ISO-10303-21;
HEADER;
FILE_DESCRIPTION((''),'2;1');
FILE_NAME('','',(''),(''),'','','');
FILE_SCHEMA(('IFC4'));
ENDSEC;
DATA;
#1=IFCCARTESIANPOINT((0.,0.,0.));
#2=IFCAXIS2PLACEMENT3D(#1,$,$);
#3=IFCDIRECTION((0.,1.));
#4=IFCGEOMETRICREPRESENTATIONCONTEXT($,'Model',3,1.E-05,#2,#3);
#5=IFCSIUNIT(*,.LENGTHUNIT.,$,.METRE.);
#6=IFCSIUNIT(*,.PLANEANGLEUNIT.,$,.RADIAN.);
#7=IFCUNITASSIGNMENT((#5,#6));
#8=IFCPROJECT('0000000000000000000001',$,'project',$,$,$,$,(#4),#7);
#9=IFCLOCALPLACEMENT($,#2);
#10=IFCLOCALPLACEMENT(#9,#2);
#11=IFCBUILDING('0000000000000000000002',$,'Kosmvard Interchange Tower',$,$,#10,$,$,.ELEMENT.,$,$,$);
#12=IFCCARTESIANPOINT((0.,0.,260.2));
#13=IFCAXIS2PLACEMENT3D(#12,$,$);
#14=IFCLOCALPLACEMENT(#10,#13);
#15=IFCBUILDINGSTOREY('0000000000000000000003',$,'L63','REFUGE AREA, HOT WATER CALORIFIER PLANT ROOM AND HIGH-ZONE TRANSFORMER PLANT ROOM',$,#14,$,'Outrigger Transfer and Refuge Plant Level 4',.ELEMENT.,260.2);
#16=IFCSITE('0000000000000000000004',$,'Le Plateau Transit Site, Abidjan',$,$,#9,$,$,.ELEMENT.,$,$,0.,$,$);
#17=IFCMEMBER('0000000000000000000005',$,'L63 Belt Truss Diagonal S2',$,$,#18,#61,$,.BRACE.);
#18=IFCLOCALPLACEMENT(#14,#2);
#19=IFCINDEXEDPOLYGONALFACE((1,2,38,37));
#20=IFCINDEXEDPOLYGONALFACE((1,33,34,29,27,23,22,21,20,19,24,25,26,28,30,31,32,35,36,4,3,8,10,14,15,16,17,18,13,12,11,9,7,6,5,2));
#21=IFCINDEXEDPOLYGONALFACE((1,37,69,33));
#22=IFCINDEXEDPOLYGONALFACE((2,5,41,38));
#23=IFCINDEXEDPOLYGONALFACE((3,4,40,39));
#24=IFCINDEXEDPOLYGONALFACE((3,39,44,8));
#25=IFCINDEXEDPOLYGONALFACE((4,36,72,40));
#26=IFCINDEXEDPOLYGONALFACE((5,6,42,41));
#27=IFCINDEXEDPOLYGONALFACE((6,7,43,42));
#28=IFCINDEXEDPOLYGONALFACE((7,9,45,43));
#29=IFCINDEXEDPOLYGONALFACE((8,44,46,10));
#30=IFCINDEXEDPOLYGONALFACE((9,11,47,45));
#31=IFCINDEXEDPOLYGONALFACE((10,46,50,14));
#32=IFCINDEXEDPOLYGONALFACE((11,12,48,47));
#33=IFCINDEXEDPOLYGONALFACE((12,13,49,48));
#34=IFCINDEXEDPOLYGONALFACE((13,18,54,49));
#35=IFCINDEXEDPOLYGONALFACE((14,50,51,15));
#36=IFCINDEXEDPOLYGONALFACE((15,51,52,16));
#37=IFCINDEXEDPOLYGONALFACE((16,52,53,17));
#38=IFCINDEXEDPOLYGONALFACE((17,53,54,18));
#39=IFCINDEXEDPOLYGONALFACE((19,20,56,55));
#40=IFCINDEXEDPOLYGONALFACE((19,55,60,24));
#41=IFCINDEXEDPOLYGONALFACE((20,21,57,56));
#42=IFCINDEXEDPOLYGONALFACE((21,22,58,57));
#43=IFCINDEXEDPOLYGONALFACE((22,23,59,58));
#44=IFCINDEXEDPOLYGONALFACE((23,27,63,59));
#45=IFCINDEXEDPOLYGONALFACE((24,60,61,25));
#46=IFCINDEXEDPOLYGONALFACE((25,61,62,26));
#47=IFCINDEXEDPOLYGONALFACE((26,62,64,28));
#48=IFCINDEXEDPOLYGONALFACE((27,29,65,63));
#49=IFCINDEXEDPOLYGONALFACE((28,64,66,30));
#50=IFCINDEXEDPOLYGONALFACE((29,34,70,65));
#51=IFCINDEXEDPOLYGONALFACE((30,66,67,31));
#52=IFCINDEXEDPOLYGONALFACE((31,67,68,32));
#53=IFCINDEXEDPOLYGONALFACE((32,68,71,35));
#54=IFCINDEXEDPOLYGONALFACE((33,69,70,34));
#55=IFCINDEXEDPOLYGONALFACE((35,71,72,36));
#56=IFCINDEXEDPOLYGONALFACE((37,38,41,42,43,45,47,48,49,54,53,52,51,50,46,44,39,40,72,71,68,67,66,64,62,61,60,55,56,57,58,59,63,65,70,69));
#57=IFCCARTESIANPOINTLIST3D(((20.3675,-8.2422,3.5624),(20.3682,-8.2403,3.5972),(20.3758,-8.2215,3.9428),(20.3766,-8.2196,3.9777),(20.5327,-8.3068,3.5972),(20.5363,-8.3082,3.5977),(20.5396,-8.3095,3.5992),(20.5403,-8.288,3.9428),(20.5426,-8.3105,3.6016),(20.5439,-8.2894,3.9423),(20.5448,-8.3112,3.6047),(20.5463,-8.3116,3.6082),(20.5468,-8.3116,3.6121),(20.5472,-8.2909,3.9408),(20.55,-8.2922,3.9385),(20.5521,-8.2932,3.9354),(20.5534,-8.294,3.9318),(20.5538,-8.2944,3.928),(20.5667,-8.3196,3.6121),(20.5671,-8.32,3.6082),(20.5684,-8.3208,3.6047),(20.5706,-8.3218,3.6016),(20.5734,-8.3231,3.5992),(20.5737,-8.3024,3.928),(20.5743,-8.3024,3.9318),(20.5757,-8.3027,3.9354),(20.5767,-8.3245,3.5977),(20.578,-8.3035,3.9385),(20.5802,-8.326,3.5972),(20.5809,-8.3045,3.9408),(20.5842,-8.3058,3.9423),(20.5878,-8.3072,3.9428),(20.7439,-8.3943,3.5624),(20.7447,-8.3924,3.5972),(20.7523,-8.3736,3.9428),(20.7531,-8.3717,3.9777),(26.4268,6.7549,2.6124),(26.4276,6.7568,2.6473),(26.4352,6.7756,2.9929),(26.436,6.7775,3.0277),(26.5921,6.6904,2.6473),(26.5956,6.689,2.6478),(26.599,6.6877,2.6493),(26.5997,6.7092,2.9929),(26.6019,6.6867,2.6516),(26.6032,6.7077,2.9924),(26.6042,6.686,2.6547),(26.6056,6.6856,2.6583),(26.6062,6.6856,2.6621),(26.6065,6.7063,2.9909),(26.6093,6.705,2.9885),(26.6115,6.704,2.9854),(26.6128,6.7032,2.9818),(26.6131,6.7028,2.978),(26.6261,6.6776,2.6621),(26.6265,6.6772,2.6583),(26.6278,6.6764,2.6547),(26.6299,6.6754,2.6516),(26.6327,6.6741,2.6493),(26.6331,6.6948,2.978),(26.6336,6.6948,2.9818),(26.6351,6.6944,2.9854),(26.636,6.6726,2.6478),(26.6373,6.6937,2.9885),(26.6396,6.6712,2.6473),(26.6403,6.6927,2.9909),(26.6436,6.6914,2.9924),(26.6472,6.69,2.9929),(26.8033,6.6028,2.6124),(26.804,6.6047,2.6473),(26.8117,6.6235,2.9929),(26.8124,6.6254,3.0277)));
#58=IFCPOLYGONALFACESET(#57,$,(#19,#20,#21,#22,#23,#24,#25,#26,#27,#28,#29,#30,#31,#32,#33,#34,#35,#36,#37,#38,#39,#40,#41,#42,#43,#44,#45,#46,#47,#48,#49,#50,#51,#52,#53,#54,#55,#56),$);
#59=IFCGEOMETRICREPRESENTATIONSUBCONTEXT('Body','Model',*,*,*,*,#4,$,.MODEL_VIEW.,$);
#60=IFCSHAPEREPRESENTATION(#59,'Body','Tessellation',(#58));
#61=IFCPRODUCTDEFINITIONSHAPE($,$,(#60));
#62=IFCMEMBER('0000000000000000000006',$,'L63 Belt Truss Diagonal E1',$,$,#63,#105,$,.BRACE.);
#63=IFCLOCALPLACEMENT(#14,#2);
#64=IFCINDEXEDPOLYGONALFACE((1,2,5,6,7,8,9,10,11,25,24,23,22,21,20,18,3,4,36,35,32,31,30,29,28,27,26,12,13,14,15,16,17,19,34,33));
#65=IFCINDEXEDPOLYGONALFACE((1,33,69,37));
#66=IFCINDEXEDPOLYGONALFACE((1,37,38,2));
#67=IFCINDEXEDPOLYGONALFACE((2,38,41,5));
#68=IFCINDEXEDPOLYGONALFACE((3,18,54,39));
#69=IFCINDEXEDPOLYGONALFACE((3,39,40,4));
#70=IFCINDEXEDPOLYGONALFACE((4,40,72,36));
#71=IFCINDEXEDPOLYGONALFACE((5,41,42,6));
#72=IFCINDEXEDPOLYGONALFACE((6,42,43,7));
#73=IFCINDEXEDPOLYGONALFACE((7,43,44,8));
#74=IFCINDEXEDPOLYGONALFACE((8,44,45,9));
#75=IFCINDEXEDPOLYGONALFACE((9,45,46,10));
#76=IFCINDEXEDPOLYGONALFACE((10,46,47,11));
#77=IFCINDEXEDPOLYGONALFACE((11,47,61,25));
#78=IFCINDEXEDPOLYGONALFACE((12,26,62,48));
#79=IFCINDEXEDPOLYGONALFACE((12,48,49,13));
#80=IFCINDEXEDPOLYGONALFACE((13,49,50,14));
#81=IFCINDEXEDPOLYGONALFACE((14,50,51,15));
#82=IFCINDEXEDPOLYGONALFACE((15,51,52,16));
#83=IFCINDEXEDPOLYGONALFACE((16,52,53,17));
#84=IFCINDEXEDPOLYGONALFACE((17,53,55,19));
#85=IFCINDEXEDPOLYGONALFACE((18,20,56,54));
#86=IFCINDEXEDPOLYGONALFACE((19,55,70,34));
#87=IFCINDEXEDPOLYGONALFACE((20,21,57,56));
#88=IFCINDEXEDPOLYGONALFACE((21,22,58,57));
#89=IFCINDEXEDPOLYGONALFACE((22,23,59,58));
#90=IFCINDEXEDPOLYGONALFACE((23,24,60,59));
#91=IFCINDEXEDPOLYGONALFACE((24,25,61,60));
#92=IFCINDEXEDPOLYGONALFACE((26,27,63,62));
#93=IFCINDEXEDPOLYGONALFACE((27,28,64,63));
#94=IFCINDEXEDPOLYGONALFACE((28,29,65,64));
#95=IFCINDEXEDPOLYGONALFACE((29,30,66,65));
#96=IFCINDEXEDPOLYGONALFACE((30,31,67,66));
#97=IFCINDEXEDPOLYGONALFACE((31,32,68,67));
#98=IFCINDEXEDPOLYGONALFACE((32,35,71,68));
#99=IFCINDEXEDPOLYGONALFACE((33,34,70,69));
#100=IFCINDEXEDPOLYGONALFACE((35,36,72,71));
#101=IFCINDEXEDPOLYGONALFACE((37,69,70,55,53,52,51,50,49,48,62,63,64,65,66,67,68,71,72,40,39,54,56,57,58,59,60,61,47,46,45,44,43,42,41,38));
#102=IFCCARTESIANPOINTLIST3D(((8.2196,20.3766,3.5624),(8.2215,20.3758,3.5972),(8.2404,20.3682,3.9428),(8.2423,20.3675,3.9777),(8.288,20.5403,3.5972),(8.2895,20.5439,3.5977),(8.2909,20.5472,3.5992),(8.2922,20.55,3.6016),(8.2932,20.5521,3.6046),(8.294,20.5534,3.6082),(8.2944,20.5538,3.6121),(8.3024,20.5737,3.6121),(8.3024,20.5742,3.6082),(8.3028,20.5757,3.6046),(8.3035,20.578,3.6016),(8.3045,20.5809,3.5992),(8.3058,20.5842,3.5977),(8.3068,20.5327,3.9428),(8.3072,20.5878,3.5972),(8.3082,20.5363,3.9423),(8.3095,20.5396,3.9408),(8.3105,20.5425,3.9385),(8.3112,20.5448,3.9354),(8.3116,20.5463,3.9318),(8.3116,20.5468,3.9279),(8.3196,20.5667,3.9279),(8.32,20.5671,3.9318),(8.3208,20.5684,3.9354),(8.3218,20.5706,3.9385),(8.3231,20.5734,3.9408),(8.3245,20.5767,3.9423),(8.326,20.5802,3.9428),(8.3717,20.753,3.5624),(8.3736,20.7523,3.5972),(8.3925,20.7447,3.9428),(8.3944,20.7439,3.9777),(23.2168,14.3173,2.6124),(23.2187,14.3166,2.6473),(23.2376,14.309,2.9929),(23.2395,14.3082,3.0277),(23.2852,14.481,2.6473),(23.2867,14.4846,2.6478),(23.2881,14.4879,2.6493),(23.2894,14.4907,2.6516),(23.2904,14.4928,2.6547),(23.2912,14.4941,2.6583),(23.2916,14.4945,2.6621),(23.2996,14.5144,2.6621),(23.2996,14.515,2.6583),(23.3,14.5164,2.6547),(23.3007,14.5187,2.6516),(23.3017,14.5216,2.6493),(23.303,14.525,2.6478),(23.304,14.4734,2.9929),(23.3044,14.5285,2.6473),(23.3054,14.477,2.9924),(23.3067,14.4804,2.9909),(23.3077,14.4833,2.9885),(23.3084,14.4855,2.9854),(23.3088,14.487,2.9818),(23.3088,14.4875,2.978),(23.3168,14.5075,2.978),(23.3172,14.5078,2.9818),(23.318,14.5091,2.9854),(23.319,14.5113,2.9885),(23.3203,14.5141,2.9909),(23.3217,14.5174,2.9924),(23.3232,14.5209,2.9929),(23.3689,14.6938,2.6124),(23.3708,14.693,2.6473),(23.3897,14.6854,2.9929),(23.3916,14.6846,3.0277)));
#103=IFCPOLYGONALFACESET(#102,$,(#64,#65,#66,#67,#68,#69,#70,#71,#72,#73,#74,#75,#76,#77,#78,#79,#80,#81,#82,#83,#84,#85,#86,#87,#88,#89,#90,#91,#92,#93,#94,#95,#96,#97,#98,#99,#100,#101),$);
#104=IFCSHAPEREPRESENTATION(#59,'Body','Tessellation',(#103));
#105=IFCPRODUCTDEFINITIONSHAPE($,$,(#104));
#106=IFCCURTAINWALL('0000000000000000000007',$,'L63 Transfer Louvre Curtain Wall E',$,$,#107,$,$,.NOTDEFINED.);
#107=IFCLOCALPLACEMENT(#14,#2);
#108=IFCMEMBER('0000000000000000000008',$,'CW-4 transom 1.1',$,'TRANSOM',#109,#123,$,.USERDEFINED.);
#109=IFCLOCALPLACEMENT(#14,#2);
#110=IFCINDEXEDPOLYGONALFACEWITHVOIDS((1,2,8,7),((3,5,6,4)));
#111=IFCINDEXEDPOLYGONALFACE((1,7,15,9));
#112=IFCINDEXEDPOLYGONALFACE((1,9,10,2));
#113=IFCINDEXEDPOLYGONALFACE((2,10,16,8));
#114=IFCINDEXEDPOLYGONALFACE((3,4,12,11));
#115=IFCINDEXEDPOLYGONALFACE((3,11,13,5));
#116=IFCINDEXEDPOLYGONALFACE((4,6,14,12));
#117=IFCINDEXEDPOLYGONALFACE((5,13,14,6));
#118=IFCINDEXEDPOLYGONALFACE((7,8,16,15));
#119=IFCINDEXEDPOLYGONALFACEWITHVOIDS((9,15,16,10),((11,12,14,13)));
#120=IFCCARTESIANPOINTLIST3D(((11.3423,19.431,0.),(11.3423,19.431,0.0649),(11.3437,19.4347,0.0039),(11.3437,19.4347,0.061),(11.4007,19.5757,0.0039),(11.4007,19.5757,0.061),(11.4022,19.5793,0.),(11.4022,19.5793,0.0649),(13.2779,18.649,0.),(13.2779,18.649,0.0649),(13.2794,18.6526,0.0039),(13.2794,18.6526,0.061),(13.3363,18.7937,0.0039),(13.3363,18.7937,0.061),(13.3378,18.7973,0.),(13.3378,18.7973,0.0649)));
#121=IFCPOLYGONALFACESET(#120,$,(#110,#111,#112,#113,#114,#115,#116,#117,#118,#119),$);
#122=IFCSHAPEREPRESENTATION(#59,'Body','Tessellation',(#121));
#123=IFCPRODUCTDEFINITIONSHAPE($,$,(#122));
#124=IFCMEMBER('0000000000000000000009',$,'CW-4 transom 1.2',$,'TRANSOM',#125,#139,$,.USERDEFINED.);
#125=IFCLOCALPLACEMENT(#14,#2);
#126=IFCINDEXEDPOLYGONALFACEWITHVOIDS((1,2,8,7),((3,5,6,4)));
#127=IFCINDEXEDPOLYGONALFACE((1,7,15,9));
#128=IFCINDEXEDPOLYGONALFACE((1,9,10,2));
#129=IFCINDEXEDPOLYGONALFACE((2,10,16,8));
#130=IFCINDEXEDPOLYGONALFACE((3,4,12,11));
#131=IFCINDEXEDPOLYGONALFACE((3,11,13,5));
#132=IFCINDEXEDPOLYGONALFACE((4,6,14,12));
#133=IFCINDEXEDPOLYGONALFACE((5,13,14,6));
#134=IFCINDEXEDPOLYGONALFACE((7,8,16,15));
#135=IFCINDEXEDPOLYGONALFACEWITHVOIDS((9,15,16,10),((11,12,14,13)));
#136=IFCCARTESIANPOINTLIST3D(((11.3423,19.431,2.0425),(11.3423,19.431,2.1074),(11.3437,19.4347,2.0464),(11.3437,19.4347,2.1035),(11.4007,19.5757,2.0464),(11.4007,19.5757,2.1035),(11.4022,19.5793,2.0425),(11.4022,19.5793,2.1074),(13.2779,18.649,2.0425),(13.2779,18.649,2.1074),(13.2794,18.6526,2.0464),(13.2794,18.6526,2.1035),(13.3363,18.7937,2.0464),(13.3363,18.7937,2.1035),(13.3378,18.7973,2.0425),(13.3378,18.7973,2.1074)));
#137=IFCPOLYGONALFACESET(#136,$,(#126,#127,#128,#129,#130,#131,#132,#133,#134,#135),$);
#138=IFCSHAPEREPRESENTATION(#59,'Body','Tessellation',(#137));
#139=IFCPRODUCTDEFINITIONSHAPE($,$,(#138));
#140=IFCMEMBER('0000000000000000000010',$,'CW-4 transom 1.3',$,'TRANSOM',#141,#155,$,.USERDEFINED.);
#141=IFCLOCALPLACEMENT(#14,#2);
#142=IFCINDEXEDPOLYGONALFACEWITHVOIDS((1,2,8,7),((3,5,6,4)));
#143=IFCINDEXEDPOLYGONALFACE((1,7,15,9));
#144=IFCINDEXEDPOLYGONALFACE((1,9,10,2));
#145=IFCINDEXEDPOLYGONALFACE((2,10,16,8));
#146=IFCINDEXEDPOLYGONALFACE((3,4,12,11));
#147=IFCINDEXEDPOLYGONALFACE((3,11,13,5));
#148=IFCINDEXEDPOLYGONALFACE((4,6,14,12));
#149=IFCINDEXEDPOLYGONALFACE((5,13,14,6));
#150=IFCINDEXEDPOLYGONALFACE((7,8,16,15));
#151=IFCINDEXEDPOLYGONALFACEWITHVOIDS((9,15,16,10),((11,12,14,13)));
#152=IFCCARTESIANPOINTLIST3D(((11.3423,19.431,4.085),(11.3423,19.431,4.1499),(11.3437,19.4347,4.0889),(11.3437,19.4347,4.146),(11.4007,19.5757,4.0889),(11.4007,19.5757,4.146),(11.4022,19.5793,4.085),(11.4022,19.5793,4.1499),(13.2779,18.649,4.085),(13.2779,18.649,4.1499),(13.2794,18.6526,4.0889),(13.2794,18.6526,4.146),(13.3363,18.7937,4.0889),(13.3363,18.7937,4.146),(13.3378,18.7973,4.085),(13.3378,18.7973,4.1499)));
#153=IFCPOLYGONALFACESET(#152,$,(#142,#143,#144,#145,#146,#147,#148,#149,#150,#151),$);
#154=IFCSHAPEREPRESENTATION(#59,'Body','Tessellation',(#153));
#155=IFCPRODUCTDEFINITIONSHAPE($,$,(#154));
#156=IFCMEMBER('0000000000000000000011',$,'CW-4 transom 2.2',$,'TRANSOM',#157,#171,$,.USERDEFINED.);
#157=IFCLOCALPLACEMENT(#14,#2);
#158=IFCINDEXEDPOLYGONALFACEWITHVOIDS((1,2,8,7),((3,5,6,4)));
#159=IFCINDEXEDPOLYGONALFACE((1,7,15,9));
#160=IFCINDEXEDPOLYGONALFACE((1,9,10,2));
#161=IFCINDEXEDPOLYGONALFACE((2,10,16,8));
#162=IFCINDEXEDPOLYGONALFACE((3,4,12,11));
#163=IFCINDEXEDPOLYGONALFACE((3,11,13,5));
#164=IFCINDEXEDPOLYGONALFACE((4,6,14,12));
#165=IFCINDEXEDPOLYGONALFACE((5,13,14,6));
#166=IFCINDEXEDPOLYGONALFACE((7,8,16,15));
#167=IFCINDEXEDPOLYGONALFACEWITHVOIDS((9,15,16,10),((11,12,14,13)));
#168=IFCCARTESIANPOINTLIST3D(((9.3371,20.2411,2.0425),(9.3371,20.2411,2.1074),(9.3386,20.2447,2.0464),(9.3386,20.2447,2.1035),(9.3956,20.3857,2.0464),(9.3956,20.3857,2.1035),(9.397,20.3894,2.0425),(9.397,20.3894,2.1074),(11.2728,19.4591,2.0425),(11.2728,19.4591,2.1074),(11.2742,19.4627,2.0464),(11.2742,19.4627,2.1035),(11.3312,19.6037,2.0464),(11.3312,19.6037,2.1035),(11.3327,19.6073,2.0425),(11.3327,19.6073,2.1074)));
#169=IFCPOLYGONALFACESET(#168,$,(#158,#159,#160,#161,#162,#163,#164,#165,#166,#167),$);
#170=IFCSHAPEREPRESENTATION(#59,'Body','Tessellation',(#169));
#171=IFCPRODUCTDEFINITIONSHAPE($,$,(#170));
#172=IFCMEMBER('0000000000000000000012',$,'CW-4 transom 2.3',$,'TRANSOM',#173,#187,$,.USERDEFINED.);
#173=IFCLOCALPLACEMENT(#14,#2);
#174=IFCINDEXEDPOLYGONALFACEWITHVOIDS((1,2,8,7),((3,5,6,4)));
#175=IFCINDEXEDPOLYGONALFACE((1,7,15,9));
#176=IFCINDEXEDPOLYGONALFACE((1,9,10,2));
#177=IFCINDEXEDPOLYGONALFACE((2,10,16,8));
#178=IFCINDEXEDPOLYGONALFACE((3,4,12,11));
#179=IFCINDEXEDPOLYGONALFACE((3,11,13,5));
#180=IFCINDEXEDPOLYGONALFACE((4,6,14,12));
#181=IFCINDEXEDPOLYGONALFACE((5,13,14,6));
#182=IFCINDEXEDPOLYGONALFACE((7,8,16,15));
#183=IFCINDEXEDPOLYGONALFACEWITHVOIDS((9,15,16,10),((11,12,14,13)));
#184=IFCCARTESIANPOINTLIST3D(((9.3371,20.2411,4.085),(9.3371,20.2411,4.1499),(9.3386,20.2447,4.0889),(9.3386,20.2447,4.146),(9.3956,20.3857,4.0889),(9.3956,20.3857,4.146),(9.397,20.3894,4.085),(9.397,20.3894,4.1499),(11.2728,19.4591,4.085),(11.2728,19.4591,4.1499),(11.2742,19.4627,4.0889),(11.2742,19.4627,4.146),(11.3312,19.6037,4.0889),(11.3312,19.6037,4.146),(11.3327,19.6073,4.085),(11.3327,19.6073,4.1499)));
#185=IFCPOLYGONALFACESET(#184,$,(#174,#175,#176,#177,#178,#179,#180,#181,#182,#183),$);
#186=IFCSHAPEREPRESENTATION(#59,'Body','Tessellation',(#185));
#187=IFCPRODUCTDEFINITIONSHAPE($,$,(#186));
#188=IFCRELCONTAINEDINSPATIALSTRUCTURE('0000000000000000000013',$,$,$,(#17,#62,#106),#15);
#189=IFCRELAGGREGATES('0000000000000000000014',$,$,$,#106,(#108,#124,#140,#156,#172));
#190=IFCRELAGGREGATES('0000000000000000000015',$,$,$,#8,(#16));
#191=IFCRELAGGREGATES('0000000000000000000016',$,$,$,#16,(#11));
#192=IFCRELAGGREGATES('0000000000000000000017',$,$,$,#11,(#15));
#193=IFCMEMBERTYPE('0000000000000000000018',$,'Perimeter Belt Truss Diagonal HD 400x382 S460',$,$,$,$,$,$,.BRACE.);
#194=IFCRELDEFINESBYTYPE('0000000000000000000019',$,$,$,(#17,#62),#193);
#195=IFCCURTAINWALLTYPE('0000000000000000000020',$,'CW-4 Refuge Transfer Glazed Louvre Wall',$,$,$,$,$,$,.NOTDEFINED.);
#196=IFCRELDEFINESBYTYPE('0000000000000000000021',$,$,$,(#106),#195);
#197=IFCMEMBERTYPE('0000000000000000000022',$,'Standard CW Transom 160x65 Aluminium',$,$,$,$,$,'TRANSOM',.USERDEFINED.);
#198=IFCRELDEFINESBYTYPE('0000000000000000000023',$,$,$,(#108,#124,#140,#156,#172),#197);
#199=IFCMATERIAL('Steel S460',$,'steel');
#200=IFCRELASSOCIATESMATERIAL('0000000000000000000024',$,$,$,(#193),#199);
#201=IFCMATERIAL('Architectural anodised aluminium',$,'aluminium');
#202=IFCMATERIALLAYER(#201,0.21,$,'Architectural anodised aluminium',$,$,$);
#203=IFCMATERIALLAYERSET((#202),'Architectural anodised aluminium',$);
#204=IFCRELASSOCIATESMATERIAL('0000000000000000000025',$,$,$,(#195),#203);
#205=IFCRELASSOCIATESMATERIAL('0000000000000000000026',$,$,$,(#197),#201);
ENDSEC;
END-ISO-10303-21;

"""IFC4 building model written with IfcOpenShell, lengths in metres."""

from ifc_helpers import new_model, si_unit, direction, frame, origin, origin_2d, place, context, subcontext, project, spatial, hollow_rectangle, i_section, extrude, source, transform, mapped, material, layer, layer_set, material_profile, profile_set, type_object, element, aggregate, save


model = new_model("IFC4")

# Units and contexts
model_context = context("Model", 3, precision=1e-05, world=origin(), true_north=direction((0.0, 1.0)))
body_context = subcontext(model_context, "Body", "Model", "MODEL_VIEW")
ifc_project = project(units=[si_unit("LENGTHUNIT", "METRE"), si_unit("PLANEANGLEUNIT", "RADIAN")], contexts=[model_context])

# Site, building, storey
site_placement = place(None, origin())
site = spatial("IfcSite", under=ifc_project, at=site_placement, Name="Le Plateau Transit Site, Abidjan", CompositionType="ELEMENT", RefElevation=0.0)
building_placement = place(site_placement, origin())
building = spatial("IfcBuilding", under=site, at=building_placement, Name="Kosmvard Interchange Tower", CompositionType="ELEMENT")
storey_placement = place(building_placement, frame((0.0, 0.0, 260.2)))
storey = spatial("IfcBuildingStorey", under=building, at=storey_placement, Name="L63", Description="REFUGE AREA, HOT WATER CALORIFIER PLANT ROOM AND HIGH-ZONE TRANSFORMER PLANT ROOM", LongName="Outrigger Transfer and Refuge Plant Level 4", CompositionType="ELEMENT", Elevation=260.2)

# Members
ifc_material_1 = material(Name="Steel S460", Category="steel")
ifc_material_profile_1 = material_profile(ifc_material_1, i_section(OverallWidth=0.406, OverallDepth=0.416, WebThickness=0.0215, FlangeThickness=0.0349, FilletRadius=0.0149, at=origin_2d()), Name="HD 400x382")
ifc_profile_set_1 = profile_set([ifc_material_profile_1], Name="Steel S460")
member_type_1 = type_object("IfcMemberType", Name="Perimeter Belt Truss Diagonal HD 400x382 S460", PredefinedType="BRACE", material=ifc_profile_set_1)
shared_shape_1 = source(origin(), body_context, "Body", "SweptSolid", [
    extrude(i_section(OverallWidth=0.406, OverallDepth=0.416, WebThickness=0.0215, FlangeThickness=0.0349, FilletRadius=0.0149, at=origin_2d()), origin(), (0.0, 0.0, 1.0), 16.2029),
])
for number, where, z_axis, x_axis, name in (
    (1, (26.6196, 6.6902, 2.8201), (-0.373968, -0.925586, 0.058629), (0.927181, -0.374613, 0.0), "L63 Belt Truss Diagonal S2"),
    (2, (23.3042, 14.501, 2.8201), (-0.925589, 0.373963, 0.058628), (-0.374608, -0.927183, 0.0), "L63 Belt Truss Diagonal E1"),
):
    element("IfcMember", number, at=place(storey_placement, frame(where, z_axis=z_axis, x_axis=x_axis)), inside=storey, type_object=member_type_1, Name=name, PredefinedType="BRACE", context=body_context, shape_type="MappedRepresentation", body=[
        mapped(shared_shape_1, transform((0.0, 0.0, 0.0), scale=1.0)),
    ])

# Curtain wall, members
ifc_material_2 = material(Name="Architectural anodised aluminium", Category="aluminium")
ifc_layer_1 = layer(ifc_material_2, 0.21, Name="Architectural anodised aluminium")
ifc_layer_set_1 = layer_set([ifc_layer_1], Name="Architectural anodised aluminium")
curtain_wall_type = type_object("IfcCurtainWallType", Name="CW-4 Refuge Transfer Glazed Louvre Wall", PredefinedType="NOTDEFINED", material=ifc_layer_set_1)
curtain_wall_placement = place(storey_placement, origin())
curtain_wall = element("IfcCurtainWall", 3, at=curtain_wall_placement, inside=storey, type_object=curtain_wall_type, Name="L63 Transfer Louvre Curtain Wall E", PredefinedType="NOTDEFINED")
ifc_material_profile_2 = material_profile(ifc_material_2, hollow_rectangle(XDim=0.1599, YDim=0.0649, WallThickness=0.0039, at=origin_2d()), Name="CWT 160x65x4")
ifc_profile_set_2 = profile_set([ifc_material_profile_2], Name="Architectural anodised aluminium")
member_type_2 = type_object("IfcMemberType", Name="Standard CW Transom 160x65 Aluminium", ElementType="TRANSOM", PredefinedType="USERDEFINED", material=ifc_profile_set_2)
shared_shape_2 = source(origin(), body_context, "Body", "SweptSolid", [
    extrude(hollow_rectangle(XDim=0.1599, YDim=0.0649, WallThickness=0.0039, at=origin_2d()), origin(), (0.0, 0.0, 1.0), 2.0876),
])
member_1_placement = place(storey_placement, frame((13.3079, 18.7231, 0.0325), z_axis=(-0.927189, 0.374595, 0.0), x_axis=(-0.374595, -0.927189, 0.0)))
member_1 = element("IfcMember", 4, at=member_1_placement, type_object=member_type_2, Name="CW-4 transom 1.1", ObjectType="TRANSOM", PredefinedType="USERDEFINED", context=body_context, shape_type="MappedRepresentation", body=[
    mapped(shared_shape_2, transform((0.0, 0.0, 0.0), scale=1.0)),
])
member_2_placement = place(storey_placement, frame((13.3079, 18.7231, 2.075), z_axis=(-0.927189, 0.374595, 0.0), x_axis=(-0.374595, -0.927189, 0.0)))
member_2 = element("IfcMember", 5, at=member_2_placement, type_object=member_type_2, Name="CW-4 transom 1.2", ObjectType="TRANSOM", PredefinedType="USERDEFINED", context=body_context, shape_type="MappedRepresentation", body=[
    mapped(shared_shape_2, transform((0.0, 0.0, 0.0), scale=1.0)),
])
member_3_placement = place(storey_placement, frame((13.3079, 18.7231, 4.1174), z_axis=(-0.927189, 0.374595, 0.0), x_axis=(-0.374595, -0.927189, 0.0)))
member_3 = element("IfcMember", 6, at=member_3_placement, type_object=member_type_2, Name="CW-4 transom 1.3", ObjectType="TRANSOM", PredefinedType="USERDEFINED", context=body_context, shape_type="MappedRepresentation", body=[
    mapped(shared_shape_2, transform((0.0, 0.0, 0.0), scale=1.0)),
])
member_4_placement = place(storey_placement, frame((11.3027, 19.5332, 2.075), z_axis=(-0.927189, 0.374595, 0.0), x_axis=(-0.374595, -0.927189, 0.0)))
member_4 = element("IfcMember", 7, at=member_4_placement, type_object=member_type_2, Name="CW-4 transom 2.2", ObjectType="TRANSOM", PredefinedType="USERDEFINED", context=body_context, shape_type="MappedRepresentation", body=[
    mapped(shared_shape_2, transform((0.0, 0.0, 0.0), scale=1.0)),
])
member_5_placement = place(storey_placement, frame((11.3027, 19.5332, 4.1174), z_axis=(-0.927189, 0.374595, 0.0), x_axis=(-0.374595, -0.927189, 0.0)))
member_5 = element("IfcMember", 8, at=member_5_placement, type_object=member_type_2, Name="CW-4 transom 2.3", ObjectType="TRANSOM", PredefinedType="USERDEFINED", context=body_context, shape_type="MappedRepresentation", body=[
    mapped(shared_shape_2, transform((0.0, 0.0, 0.0), scale=1.0)),
])

aggregate(curtain_wall, [member_1, member_2, member_3, member_4, member_5])

save(model, "model.ifc")
